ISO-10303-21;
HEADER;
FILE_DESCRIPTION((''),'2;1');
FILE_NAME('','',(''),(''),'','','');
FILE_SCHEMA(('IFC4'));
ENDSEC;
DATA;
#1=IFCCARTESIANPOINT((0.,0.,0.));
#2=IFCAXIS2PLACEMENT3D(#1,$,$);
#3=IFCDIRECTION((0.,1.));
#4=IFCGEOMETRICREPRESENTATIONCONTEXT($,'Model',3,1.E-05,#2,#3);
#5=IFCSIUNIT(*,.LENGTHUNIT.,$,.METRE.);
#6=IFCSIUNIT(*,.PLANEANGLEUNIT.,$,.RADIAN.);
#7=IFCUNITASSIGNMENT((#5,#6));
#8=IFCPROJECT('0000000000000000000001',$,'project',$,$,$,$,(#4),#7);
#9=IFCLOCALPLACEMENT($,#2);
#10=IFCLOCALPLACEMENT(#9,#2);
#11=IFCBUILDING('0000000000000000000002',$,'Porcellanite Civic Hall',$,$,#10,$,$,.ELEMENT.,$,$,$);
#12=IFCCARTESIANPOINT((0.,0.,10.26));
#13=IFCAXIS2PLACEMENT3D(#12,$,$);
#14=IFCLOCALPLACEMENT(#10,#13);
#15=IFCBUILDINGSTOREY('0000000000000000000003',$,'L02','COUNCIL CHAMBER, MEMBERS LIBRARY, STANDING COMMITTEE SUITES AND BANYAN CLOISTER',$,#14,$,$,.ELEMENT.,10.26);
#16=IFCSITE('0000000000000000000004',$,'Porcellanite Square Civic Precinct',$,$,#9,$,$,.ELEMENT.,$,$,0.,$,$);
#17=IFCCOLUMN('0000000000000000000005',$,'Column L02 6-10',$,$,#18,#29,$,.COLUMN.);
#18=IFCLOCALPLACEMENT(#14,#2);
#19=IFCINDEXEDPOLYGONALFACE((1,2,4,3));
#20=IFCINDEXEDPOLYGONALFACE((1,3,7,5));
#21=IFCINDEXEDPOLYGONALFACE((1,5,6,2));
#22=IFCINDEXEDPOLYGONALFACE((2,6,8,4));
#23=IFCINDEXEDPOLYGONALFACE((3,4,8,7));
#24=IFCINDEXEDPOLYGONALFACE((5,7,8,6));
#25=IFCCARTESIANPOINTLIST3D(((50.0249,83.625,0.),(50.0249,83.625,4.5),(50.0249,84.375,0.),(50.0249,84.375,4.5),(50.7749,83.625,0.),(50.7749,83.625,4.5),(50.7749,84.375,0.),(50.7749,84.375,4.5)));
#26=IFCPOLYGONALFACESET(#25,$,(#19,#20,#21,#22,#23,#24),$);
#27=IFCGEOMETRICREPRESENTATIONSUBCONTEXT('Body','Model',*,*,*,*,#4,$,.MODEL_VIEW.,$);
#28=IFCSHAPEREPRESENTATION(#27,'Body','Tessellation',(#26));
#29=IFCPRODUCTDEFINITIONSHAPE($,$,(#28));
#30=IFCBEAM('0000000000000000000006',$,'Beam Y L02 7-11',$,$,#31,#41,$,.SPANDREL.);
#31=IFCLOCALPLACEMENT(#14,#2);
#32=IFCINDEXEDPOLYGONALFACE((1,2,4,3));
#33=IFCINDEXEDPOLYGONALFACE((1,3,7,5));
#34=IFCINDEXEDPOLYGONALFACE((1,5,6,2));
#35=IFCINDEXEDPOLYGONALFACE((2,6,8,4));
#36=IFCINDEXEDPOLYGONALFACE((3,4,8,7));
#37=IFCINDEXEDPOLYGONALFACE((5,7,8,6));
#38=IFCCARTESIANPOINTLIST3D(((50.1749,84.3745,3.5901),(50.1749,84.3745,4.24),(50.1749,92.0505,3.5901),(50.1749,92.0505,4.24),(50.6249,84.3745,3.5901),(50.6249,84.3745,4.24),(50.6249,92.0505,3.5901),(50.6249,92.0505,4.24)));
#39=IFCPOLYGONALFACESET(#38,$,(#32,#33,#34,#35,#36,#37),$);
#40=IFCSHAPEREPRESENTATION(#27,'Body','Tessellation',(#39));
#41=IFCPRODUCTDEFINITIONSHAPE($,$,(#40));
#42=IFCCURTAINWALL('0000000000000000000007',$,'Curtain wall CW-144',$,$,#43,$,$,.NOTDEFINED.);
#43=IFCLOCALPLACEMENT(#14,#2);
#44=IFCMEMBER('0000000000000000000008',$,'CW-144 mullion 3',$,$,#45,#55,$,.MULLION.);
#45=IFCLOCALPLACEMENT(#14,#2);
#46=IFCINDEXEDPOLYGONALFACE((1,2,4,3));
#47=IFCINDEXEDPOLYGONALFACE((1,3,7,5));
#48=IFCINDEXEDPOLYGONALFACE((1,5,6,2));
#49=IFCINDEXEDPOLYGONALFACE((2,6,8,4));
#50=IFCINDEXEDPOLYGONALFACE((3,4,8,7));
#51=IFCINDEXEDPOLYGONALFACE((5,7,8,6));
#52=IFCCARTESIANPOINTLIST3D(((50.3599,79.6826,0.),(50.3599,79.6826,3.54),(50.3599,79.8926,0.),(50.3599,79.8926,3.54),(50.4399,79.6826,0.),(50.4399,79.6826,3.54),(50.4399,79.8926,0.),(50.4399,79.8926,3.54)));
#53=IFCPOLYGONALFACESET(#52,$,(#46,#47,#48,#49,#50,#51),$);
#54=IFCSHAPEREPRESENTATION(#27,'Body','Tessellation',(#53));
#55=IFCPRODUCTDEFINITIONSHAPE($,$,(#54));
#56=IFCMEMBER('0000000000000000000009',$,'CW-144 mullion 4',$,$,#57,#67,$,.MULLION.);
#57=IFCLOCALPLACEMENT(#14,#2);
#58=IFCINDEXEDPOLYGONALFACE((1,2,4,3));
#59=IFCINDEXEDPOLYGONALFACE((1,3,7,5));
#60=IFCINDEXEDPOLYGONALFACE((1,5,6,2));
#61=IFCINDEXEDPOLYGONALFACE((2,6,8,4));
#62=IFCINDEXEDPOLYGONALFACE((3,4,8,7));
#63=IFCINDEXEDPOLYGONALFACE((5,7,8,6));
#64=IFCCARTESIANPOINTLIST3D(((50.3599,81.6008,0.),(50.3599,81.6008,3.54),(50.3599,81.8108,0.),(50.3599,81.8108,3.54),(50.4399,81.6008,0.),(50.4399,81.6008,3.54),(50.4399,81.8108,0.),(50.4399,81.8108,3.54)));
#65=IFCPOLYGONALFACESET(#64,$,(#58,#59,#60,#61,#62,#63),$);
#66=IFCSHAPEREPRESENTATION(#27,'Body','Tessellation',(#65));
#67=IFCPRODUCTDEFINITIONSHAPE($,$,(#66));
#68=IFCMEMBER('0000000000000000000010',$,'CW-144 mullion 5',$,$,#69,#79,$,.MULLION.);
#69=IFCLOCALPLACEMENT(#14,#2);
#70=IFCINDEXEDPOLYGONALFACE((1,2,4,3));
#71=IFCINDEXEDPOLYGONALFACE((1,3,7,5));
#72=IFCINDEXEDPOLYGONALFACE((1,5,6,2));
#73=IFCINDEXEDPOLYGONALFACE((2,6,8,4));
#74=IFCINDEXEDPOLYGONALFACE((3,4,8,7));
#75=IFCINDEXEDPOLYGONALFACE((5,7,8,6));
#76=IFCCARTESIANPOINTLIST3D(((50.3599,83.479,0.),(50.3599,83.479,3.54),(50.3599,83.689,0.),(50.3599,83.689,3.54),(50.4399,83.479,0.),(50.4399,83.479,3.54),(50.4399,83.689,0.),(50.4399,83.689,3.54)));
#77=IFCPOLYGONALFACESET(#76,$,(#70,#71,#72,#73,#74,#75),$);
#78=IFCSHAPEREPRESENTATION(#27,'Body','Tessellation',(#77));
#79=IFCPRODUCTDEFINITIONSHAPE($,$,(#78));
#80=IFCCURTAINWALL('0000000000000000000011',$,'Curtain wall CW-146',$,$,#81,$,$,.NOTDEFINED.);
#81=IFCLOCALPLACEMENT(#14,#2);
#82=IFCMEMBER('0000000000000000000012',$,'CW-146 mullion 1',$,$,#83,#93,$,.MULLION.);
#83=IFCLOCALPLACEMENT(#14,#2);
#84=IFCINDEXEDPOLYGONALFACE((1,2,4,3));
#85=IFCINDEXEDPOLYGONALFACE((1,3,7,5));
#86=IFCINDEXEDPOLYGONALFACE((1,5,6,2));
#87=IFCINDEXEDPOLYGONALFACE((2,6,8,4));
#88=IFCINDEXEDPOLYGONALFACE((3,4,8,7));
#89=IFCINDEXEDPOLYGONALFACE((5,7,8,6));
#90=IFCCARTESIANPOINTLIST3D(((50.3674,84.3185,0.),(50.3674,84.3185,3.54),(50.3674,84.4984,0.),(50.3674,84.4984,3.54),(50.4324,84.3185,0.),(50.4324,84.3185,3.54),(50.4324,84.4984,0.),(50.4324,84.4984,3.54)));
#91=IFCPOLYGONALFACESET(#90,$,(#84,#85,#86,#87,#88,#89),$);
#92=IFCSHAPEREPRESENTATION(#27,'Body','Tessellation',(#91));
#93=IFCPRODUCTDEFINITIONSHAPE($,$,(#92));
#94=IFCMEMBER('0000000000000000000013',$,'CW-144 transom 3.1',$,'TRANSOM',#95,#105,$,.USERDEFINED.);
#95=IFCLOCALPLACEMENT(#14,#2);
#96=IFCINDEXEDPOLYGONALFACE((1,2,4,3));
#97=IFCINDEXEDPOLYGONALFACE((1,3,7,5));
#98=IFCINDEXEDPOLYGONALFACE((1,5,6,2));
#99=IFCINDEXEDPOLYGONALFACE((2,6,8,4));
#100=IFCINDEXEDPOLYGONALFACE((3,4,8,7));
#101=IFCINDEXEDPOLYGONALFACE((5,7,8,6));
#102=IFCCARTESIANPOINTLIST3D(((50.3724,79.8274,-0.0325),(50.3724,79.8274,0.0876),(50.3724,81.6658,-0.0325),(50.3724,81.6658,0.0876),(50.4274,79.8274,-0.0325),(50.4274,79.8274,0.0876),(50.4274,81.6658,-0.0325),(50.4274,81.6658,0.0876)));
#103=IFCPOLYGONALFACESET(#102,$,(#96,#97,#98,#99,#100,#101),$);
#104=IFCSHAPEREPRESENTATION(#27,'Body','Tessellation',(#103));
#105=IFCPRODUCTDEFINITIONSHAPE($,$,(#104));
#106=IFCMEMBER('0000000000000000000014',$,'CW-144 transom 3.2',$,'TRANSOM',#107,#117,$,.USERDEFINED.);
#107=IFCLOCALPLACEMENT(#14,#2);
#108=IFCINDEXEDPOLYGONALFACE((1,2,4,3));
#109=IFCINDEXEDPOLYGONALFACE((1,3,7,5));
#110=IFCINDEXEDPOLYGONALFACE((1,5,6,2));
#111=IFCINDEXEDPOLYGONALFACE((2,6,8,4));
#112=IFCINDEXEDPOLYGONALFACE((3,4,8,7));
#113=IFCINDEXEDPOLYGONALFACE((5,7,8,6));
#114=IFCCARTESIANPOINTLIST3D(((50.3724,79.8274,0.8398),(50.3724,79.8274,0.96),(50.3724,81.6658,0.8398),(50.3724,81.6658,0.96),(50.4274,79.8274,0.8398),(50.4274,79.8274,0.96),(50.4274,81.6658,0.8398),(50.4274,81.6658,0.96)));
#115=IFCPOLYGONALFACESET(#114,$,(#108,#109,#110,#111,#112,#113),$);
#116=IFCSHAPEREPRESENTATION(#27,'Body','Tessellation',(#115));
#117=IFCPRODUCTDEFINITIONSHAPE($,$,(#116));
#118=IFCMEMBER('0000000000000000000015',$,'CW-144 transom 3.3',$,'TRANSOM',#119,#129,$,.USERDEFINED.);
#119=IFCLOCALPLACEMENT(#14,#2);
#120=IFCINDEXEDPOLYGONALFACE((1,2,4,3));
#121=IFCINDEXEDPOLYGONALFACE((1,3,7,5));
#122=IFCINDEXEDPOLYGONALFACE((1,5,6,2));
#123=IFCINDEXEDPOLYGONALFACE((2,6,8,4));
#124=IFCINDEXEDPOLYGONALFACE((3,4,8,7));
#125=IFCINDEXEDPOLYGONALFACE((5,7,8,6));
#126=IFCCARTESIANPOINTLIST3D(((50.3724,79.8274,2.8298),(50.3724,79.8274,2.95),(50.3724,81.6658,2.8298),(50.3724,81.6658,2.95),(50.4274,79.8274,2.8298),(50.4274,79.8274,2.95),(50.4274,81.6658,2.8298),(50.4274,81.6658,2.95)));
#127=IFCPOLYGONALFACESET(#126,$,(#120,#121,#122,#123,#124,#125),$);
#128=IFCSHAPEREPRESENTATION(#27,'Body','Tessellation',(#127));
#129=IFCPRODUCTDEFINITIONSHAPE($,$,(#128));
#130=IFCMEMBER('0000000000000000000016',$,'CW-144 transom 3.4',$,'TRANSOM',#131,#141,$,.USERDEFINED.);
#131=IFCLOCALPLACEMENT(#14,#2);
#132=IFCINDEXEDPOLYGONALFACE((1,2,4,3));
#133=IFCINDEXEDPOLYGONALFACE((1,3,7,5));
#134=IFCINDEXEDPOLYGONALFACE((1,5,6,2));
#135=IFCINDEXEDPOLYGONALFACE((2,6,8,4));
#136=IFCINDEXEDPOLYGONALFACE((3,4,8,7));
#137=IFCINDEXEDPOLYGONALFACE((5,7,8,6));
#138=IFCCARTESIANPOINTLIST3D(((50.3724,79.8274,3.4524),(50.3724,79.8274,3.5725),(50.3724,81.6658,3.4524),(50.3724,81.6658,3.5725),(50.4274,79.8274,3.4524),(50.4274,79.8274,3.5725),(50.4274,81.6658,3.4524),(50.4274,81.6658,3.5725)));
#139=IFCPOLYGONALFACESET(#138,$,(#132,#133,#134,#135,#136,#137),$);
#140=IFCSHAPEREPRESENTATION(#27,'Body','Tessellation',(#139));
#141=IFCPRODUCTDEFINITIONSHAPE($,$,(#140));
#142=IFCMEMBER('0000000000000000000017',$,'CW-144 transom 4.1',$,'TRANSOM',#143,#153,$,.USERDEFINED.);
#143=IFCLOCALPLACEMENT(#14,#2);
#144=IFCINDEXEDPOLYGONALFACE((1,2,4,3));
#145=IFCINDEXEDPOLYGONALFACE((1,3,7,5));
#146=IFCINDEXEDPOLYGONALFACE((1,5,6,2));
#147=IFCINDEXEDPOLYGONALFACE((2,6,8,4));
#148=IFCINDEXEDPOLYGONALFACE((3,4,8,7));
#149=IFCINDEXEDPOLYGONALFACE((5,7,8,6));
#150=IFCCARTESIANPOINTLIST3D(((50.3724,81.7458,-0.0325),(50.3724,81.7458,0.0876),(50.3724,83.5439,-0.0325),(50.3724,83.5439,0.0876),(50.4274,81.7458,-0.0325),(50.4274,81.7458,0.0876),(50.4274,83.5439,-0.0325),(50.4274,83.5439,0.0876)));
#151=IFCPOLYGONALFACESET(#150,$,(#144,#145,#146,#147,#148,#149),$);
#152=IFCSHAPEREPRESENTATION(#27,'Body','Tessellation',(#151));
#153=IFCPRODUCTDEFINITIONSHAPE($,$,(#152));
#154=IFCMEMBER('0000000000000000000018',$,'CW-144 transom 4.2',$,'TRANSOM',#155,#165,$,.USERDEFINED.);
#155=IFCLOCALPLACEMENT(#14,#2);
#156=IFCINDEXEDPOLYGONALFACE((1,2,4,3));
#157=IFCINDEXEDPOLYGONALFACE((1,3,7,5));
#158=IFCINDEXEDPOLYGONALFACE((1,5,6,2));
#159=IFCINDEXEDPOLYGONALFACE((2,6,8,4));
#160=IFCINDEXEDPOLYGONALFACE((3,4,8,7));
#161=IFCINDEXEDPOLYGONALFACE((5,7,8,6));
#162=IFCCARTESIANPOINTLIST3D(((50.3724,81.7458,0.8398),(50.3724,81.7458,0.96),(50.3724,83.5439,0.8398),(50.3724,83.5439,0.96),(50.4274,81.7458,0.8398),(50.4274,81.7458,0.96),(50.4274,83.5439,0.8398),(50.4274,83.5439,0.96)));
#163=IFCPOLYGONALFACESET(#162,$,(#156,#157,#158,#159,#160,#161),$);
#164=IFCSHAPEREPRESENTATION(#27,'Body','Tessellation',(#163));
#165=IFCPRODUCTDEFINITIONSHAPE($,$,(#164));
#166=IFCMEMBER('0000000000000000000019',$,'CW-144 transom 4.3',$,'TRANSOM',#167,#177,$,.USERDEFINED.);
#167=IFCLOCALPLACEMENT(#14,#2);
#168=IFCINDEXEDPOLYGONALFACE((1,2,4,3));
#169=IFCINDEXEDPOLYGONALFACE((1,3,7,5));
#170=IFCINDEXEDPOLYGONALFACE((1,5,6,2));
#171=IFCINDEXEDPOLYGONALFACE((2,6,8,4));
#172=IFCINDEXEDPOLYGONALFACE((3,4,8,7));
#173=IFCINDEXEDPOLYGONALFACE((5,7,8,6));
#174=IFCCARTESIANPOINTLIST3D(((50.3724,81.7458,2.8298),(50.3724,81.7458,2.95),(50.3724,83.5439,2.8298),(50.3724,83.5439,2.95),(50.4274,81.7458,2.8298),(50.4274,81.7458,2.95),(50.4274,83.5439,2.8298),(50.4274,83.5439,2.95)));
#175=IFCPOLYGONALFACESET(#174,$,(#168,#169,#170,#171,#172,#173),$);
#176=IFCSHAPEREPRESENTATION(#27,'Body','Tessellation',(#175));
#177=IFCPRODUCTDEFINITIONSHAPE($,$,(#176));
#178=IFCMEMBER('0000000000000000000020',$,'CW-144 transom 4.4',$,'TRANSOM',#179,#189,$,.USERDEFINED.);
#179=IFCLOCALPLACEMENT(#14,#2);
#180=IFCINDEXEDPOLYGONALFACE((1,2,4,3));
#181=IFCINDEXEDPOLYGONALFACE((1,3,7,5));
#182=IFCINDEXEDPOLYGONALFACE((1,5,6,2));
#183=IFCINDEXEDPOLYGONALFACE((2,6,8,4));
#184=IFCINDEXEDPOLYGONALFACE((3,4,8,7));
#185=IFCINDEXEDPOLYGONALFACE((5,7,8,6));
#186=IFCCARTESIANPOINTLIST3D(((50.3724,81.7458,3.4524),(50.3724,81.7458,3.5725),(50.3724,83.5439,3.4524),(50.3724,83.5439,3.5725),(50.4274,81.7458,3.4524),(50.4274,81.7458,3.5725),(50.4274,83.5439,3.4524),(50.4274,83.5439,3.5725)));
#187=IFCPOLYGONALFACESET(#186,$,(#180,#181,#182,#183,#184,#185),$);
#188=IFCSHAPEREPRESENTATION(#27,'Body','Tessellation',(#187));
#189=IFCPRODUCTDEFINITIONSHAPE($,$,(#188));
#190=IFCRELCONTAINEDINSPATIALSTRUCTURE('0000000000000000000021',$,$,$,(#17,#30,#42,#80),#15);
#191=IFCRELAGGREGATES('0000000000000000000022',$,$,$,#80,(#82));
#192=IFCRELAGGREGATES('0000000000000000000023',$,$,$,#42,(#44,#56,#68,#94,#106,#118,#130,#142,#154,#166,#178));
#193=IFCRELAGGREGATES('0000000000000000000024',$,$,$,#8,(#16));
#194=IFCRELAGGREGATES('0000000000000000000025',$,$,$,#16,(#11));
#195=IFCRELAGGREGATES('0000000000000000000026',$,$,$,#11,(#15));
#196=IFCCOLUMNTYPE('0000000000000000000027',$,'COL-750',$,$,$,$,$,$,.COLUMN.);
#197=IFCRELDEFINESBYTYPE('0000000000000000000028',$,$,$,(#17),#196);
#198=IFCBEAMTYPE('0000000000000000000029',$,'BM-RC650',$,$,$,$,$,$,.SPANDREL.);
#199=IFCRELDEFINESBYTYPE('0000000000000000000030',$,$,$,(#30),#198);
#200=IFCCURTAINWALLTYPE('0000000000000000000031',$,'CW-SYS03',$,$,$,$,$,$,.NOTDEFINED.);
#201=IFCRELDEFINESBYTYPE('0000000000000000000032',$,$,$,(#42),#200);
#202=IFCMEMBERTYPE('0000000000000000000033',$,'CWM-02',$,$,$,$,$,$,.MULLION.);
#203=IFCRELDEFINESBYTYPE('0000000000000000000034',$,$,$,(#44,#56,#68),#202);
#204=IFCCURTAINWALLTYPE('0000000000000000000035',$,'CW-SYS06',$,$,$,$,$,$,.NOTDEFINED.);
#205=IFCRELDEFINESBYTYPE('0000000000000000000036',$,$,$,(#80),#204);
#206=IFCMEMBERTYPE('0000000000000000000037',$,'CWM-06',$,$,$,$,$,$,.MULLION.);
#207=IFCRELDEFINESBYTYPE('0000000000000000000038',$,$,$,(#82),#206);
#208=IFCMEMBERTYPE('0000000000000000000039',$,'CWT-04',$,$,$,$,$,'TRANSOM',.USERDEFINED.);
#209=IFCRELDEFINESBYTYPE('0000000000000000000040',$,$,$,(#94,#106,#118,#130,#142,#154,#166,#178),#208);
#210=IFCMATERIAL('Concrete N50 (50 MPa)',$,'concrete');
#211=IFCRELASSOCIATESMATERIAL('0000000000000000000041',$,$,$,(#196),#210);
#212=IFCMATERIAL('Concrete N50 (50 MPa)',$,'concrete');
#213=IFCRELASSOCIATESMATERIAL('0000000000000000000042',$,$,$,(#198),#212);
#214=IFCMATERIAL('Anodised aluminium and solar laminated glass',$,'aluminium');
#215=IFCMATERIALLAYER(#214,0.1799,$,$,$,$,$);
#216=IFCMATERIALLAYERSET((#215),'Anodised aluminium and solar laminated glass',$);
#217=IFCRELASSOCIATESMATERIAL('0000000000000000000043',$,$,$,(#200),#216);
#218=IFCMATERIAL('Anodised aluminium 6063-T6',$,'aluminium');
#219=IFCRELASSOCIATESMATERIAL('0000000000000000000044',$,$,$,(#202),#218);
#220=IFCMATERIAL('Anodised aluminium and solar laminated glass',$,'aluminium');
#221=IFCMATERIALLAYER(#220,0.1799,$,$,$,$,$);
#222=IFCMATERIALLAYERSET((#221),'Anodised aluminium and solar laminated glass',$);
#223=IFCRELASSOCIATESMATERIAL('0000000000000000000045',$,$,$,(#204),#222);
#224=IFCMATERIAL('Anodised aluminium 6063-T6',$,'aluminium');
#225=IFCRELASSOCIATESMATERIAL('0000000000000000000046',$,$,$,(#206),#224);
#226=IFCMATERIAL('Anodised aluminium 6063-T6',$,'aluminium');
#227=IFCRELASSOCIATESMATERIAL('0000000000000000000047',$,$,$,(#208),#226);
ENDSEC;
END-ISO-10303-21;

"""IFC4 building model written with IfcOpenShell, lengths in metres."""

from ifc_helpers import new_model, si_unit, direction, frame, origin, origin_2d, place, context, subcontext, project, spatial, rectangle, extrude, material, layer, layer_set, material_profile, profile_set, type_object, element, aggregate, save


model = new_model("IFC4")

# Units and contexts
model_context = context("Model", 3, precision=1e-05, world=origin(), true_north=direction((0.0, 1.0)))
body_context = subcontext(model_context, "Body", "Model", "MODEL_VIEW")
ifc_project = project(units=[si_unit("LENGTHUNIT", "METRE"), si_unit("PLANEANGLEUNIT", "RADIAN")], contexts=[model_context])

# Site, building, storey
site_placement = place(None, origin())
site = spatial("IfcSite", under=ifc_project, at=site_placement, Name="Porcellanite Square Civic Precinct", CompositionType="ELEMENT", RefElevation=0.0)
building_placement = place(site_placement, origin())
building = spatial("IfcBuilding", under=site, at=building_placement, Name="Porcellanite Civic Hall", CompositionType="ELEMENT")
storey_placement = place(building_placement, frame((0.0, 0.0, 10.26)))
storey = spatial("IfcBuildingStorey", under=building, at=storey_placement, Name="L02", Description="COUNCIL CHAMBER, MEMBERS LIBRARY, STANDING COMMITTEE SUITES AND BANYAN CLOISTER", CompositionType="ELEMENT", Elevation=10.26)

# Column
ifc_material_1 = material(Name="Concrete N50 (50 MPa)", Category="concrete")
ifc_material_profile_1 = material_profile(ifc_material_1, rectangle(XDim=0.75, YDim=0.75, at=origin_2d()), Name="RC-750x750")
ifc_profile_set_1 = profile_set([ifc_material_profile_1], Name="Concrete N50 (50 MPa)")
column_type = type_object("IfcColumnType", Name="COL-750", PredefinedType="COLUMN", material=ifc_profile_set_1)
column_placement = place(storey_placement, frame((50.3999, 84.0, 0.0), z_axis=(0.0, 0.0, 1.0), x_axis=(1.0, 0.0, 0.0)))
element("IfcColumn", 1, at=column_placement, inside=storey, type_object=column_type, Name="Column L02 6-10", PredefinedType="COLUMN", context=body_context, shape_type="SweptSolid", body=[
    extrude(rectangle(XDim=0.75, YDim=0.75, at=origin_2d()), origin(), (0.0, 0.0, 1.0), 4.5),
])

# Beam
ifc_material_2 = material(Name="Concrete N50 (50 MPa)", Category="concrete")
ifc_material_profile_2 = material_profile(ifc_material_2, rectangle(XDim=0.45, YDim=0.6499, at=origin_2d()), Name="RC-450x650")
ifc_profile_set_2 = profile_set([ifc_material_profile_2], Name="Concrete N50 (50 MPa)")
beam_type_1 = type_object("IfcBeamType", Name="BM-RC650", PredefinedType="SPANDREL", material=ifc_profile_set_2)
beam_1_placement = place(storey_placement, frame((50.3999, 84.3745, 3.915), z_axis=(0.0, 1.0, 0.0), x_axis=(-1.0, 0.0, 0.0)))
element("IfcBeam", 2, at=beam_1_placement, inside=storey, type_object=beam_type_1, Name="Beam Y L02 7-11", PredefinedType="SPANDREL", context=body_context, shape_type="SweptSolid", body=[
    extrude(rectangle(XDim=0.45, YDim=0.6499, at=origin_2d()), origin(), (0.0, 0.0, 1.0), 7.676),
])

# Curtain wall, members
ifc_material_3 = material(Name="Anodised aluminium and solar laminated glass", Category="aluminium")
ifc_layer_1 = layer(ifc_material_3, 0.1799)
ifc_layer_set_1 = layer_set([ifc_layer_1], Name="Anodised aluminium and solar laminated glass")
curtain_wall_type_1 = type_object("IfcCurtainWallType", Name="CW-SYS03", PredefinedType="NOTDEFINED", material=ifc_layer_set_1)
curtain_wall_1_placement = place(storey_placement, origin())
curtain_wall_1 = element("IfcCurtainWall", 3, at=curtain_wall_1_placement, inside=storey, type_object=curtain_wall_type_1, Name="Curtain wall CW-144", PredefinedType="NOTDEFINED")
ifc_material_4 = material(Name="Anodised aluminium 6063-T6", Category="aluminium")
ifc_material_profile_3 = material_profile(ifc_material_4, rectangle(XDim=0.0801, YDim=0.21, at=origin_2d()), Name="AL-80x210")
ifc_profile_set_3 = profile_set([ifc_material_profile_3], Name="Anodised aluminium 6063-T6")
member_type_1 = type_object("IfcMemberType", Name="CWM-02", PredefinedType="MULLION", material=ifc_profile_set_3)
member_1_placement = place(storey_placement, frame((50.3999, 79.7876, 0.0), z_axis=(0.0, 0.0, 1.0), x_axis=(-1.0, 0.0, 0.0)))
member_1 = element("IfcMember", 4, at=member_1_placement, type_object=member_type_1, Name="CW-144 mullion 3", PredefinedType="MULLION", context=body_context, shape_type="SweptSolid", body=[
    extrude(rectangle(XDim=0.0801, YDim=0.21, at=origin_2d()), origin(), (0.0, 0.0, 1.0), 3.54),
])
member_2_placement = place(storey_placement, frame((50.3999, 81.7058, 0.0), z_axis=(0.0, 0.0, 1.0), x_axis=(-1.0, 0.0, 0.0)))
member_2 = element("IfcMember", 5, at=member_2_placement, type_object=member_type_1, Name="CW-144 mullion 4", PredefinedType="MULLION", context=body_context, shape_type="SweptSolid", body=[
    extrude(rectangle(XDim=0.0801, YDim=0.21, at=origin_2d()), origin(), (0.0, 0.0, 1.0), 3.54),
])
member_3_placement = place(storey_placement, frame((50.3999, 83.584, 0.0), z_axis=(0.0, 0.0, 1.0), x_axis=(-1.0, 0.0, 0.0)))
member_3 = element("IfcMember", 6, at=member_3_placement, type_object=member_type_1, Name="CW-144 mullion 5", PredefinedType="MULLION", context=body_context, shape_type="SweptSolid", body=[
    extrude(rectangle(XDim=0.0801, YDim=0.21, at=origin_2d()), origin(), (0.0, 0.0, 1.0), 3.54),
])

# Curtain wall, member
ifc_material_5 = material(Name="Anodised aluminium and solar laminated glass", Category="aluminium")
ifc_layer_2 = layer(ifc_material_5, 0.1799)
ifc_layer_set_2 = layer_set([ifc_layer_2], Name="Anodised aluminium and solar laminated glass")
curtain_wall_type_2 = type_object("IfcCurtainWallType", Name="CW-SYS06", PredefinedType="NOTDEFINED", material=ifc_layer_set_2)
curtain_wall_2_placement = place(storey_placement, origin())
curtain_wall_2 = element("IfcCurtainWall", 7, at=curtain_wall_2_placement, inside=storey, type_object=curtain_wall_type_2, Name="Curtain wall CW-146", PredefinedType="NOTDEFINED")
ifc_material_6 = material(Name="Anodised aluminium 6063-T6", Category="aluminium")
ifc_material_profile_4 = material_profile(ifc_material_6, rectangle(XDim=0.0649, YDim=0.1799, at=origin_2d()), Name="AL-65x180")
ifc_profile_set_4 = profile_set([ifc_material_profile_4], Name="Anodised aluminium 6063-T6")
member_type_2 = type_object("IfcMemberType", Name="CWM-06", PredefinedType="MULLION", material=ifc_profile_set_4)
member_4_placement = place(storey_placement, frame((50.3999, 84.4084, 0.0), z_axis=(0.0, 0.0, 1.0), x_axis=(-1.0, 0.0, 0.0)))
member_4 = element("IfcMember", 8, at=member_4_placement, type_object=member_type_2, Name="CW-146 mullion 1", PredefinedType="MULLION", context=body_context, shape_type="SweptSolid", body=[
    extrude(rectangle(XDim=0.0649, YDim=0.1799, at=origin_2d()), origin(), (0.0, 0.0, 1.0), 3.54),
])

# Members
ifc_material_7 = material(Name="Anodised aluminium 6063-T6", Category="aluminium")
ifc_material_profile_5 = material_profile(ifc_material_7, rectangle(XDim=0.0549, YDim=0.1201, at=origin_2d()), Name="AL-55x120")
ifc_profile_set_5 = profile_set([ifc_material_profile_5], Name="Anodised aluminium 6063-T6")
member_type_3 = type_object("IfcMemberType", Name="CWT-04", ElementType="TRANSOM", PredefinedType="USERDEFINED", material=ifc_profile_set_5)
member_5_placement = place(storey_placement, frame((50.3999, 79.8274, 0.0276), z_axis=(0.0, 1.0, 0.0), x_axis=(-1.0, 0.0, 0.0)))
member_5 = element("IfcMember", 9, at=member_5_placement, type_object=member_type_3, Name="CW-144 transom 3.1", ObjectType="TRANSOM", PredefinedType="USERDEFINED", context=body_context, shape_type="SweptSolid", body=[
    extrude(rectangle(XDim=0.0549, YDim=0.1201, at=origin_2d()), origin(), (0.0, 0.0, 1.0), 1.8384),
])
member_6_placement = place(storey_placement, frame((50.3999, 79.8274, 0.8999), z_axis=(0.0, 1.0, 0.0), x_axis=(-1.0, 0.0, 0.0)))
member_6 = element("IfcMember", 10, at=member_6_placement, type_object=member_type_3, Name="CW-144 transom 3.2", ObjectType="TRANSOM", PredefinedType="USERDEFINED", context=body_context, shape_type="SweptSolid", body=[
    extrude(rectangle(XDim=0.0549, YDim=0.1201, at=origin_2d()), origin(), (0.0, 0.0, 1.0), 1.8384),
])
member_7_placement = place(storey_placement, frame((50.3999, 79.8274, 2.8899), z_axis=(0.0, 1.0, 0.0), x_axis=(-1.0, 0.0, 0.0)))
member_7 = element("IfcMember", 11, at=member_7_placement, type_object=member_type_3, Name="CW-144 transom 3.3", ObjectType="TRANSOM", PredefinedType="USERDEFINED", context=body_context, shape_type="SweptSolid", body=[
    extrude(rectangle(XDim=0.0549, YDim=0.1201, at=origin_2d()), origin(), (0.0, 0.0, 1.0), 1.8384),
])
member_8_placement = place(storey_placement, frame((50.3999, 79.8274, 3.5125), z_axis=(0.0, 1.0, 0.0), x_axis=(-1.0, 0.0, 0.0)))
member_8 = element("IfcMember", 12, at=member_8_placement, type_object=member_type_3, Name="CW-144 transom 3.4", ObjectType="TRANSOM", PredefinedType="USERDEFINED", context=body_context, shape_type="SweptSolid", body=[
    extrude(rectangle(XDim=0.0549, YDim=0.1201, at=origin_2d()), origin(), (0.0, 0.0, 1.0), 1.8384),
])
member_9_placement = place(storey_placement, frame((50.3999, 81.7458, 0.0276), z_axis=(0.0, 1.0, 0.0), x_axis=(-1.0, 0.0, 0.0)))
member_9 = element("IfcMember", 13, at=member_9_placement, type_object=member_type_3, Name="CW-144 transom 4.1", ObjectType="TRANSOM", PredefinedType="USERDEFINED", context=body_context, shape_type="SweptSolid", body=[
    extrude(rectangle(XDim=0.0549, YDim=0.1201, at=origin_2d()), origin(), (0.0, 0.0, 1.0), 1.7981),
])
member_10_placement = place(storey_placement, frame((50.3999, 81.7458, 0.8999), z_axis=(0.0, 1.0, 0.0), x_axis=(-1.0, 0.0, 0.0)))
member_10 = element("IfcMember", 14, at=member_10_placement, type_object=member_type_3, Name="CW-144 transom 4.2", ObjectType="TRANSOM", PredefinedType="USERDEFINED", context=body_context, shape_type="SweptSolid", body=[
    extrude(rectangle(XDim=0.0549, YDim=0.1201, at=origin_2d()), origin(), (0.0, 0.0, 1.0), 1.7981),
])
member_11_placement = place(storey_placement, frame((50.3999, 81.7458, 2.8899), z_axis=(0.0, 1.0, 0.0), x_axis=(-1.0, 0.0, 0.0)))
member_11 = element("IfcMember", 15, at=member_11_placement, type_object=member_type_3, Name="CW-144 transom 4.3", ObjectType="TRANSOM", PredefinedType="USERDEFINED", context=body_context, shape_type="SweptSolid", body=[
    extrude(rectangle(XDim=0.0549, YDim=0.1201, at=origin_2d()), origin(), (0.0, 0.0, 1.0), 1.7981),
])
member_12_placement = place(storey_placement, frame((50.3999, 81.7458, 3.5125), z_axis=(0.0, 1.0, 0.0), x_axis=(-1.0, 0.0, 0.0)))
member_12 = element("IfcMember", 16, at=member_12_placement, type_object=member_type_3, Name="CW-144 transom 4.4", ObjectType="TRANSOM", PredefinedType="USERDEFINED", context=body_context, shape_type="SweptSolid", body=[
    extrude(rectangle(XDim=0.0549, YDim=0.1201, at=origin_2d()), origin(), (0.0, 0.0, 1.0), 1.7981),
])
aggregate(curtain_wall_2, [member_4])

aggregate(curtain_wall_1, [member_1, member_2, member_3, member_5, member_6, member_7, member_8, member_9, member_10, member_11, member_12])

save(model, "model.ifc")
